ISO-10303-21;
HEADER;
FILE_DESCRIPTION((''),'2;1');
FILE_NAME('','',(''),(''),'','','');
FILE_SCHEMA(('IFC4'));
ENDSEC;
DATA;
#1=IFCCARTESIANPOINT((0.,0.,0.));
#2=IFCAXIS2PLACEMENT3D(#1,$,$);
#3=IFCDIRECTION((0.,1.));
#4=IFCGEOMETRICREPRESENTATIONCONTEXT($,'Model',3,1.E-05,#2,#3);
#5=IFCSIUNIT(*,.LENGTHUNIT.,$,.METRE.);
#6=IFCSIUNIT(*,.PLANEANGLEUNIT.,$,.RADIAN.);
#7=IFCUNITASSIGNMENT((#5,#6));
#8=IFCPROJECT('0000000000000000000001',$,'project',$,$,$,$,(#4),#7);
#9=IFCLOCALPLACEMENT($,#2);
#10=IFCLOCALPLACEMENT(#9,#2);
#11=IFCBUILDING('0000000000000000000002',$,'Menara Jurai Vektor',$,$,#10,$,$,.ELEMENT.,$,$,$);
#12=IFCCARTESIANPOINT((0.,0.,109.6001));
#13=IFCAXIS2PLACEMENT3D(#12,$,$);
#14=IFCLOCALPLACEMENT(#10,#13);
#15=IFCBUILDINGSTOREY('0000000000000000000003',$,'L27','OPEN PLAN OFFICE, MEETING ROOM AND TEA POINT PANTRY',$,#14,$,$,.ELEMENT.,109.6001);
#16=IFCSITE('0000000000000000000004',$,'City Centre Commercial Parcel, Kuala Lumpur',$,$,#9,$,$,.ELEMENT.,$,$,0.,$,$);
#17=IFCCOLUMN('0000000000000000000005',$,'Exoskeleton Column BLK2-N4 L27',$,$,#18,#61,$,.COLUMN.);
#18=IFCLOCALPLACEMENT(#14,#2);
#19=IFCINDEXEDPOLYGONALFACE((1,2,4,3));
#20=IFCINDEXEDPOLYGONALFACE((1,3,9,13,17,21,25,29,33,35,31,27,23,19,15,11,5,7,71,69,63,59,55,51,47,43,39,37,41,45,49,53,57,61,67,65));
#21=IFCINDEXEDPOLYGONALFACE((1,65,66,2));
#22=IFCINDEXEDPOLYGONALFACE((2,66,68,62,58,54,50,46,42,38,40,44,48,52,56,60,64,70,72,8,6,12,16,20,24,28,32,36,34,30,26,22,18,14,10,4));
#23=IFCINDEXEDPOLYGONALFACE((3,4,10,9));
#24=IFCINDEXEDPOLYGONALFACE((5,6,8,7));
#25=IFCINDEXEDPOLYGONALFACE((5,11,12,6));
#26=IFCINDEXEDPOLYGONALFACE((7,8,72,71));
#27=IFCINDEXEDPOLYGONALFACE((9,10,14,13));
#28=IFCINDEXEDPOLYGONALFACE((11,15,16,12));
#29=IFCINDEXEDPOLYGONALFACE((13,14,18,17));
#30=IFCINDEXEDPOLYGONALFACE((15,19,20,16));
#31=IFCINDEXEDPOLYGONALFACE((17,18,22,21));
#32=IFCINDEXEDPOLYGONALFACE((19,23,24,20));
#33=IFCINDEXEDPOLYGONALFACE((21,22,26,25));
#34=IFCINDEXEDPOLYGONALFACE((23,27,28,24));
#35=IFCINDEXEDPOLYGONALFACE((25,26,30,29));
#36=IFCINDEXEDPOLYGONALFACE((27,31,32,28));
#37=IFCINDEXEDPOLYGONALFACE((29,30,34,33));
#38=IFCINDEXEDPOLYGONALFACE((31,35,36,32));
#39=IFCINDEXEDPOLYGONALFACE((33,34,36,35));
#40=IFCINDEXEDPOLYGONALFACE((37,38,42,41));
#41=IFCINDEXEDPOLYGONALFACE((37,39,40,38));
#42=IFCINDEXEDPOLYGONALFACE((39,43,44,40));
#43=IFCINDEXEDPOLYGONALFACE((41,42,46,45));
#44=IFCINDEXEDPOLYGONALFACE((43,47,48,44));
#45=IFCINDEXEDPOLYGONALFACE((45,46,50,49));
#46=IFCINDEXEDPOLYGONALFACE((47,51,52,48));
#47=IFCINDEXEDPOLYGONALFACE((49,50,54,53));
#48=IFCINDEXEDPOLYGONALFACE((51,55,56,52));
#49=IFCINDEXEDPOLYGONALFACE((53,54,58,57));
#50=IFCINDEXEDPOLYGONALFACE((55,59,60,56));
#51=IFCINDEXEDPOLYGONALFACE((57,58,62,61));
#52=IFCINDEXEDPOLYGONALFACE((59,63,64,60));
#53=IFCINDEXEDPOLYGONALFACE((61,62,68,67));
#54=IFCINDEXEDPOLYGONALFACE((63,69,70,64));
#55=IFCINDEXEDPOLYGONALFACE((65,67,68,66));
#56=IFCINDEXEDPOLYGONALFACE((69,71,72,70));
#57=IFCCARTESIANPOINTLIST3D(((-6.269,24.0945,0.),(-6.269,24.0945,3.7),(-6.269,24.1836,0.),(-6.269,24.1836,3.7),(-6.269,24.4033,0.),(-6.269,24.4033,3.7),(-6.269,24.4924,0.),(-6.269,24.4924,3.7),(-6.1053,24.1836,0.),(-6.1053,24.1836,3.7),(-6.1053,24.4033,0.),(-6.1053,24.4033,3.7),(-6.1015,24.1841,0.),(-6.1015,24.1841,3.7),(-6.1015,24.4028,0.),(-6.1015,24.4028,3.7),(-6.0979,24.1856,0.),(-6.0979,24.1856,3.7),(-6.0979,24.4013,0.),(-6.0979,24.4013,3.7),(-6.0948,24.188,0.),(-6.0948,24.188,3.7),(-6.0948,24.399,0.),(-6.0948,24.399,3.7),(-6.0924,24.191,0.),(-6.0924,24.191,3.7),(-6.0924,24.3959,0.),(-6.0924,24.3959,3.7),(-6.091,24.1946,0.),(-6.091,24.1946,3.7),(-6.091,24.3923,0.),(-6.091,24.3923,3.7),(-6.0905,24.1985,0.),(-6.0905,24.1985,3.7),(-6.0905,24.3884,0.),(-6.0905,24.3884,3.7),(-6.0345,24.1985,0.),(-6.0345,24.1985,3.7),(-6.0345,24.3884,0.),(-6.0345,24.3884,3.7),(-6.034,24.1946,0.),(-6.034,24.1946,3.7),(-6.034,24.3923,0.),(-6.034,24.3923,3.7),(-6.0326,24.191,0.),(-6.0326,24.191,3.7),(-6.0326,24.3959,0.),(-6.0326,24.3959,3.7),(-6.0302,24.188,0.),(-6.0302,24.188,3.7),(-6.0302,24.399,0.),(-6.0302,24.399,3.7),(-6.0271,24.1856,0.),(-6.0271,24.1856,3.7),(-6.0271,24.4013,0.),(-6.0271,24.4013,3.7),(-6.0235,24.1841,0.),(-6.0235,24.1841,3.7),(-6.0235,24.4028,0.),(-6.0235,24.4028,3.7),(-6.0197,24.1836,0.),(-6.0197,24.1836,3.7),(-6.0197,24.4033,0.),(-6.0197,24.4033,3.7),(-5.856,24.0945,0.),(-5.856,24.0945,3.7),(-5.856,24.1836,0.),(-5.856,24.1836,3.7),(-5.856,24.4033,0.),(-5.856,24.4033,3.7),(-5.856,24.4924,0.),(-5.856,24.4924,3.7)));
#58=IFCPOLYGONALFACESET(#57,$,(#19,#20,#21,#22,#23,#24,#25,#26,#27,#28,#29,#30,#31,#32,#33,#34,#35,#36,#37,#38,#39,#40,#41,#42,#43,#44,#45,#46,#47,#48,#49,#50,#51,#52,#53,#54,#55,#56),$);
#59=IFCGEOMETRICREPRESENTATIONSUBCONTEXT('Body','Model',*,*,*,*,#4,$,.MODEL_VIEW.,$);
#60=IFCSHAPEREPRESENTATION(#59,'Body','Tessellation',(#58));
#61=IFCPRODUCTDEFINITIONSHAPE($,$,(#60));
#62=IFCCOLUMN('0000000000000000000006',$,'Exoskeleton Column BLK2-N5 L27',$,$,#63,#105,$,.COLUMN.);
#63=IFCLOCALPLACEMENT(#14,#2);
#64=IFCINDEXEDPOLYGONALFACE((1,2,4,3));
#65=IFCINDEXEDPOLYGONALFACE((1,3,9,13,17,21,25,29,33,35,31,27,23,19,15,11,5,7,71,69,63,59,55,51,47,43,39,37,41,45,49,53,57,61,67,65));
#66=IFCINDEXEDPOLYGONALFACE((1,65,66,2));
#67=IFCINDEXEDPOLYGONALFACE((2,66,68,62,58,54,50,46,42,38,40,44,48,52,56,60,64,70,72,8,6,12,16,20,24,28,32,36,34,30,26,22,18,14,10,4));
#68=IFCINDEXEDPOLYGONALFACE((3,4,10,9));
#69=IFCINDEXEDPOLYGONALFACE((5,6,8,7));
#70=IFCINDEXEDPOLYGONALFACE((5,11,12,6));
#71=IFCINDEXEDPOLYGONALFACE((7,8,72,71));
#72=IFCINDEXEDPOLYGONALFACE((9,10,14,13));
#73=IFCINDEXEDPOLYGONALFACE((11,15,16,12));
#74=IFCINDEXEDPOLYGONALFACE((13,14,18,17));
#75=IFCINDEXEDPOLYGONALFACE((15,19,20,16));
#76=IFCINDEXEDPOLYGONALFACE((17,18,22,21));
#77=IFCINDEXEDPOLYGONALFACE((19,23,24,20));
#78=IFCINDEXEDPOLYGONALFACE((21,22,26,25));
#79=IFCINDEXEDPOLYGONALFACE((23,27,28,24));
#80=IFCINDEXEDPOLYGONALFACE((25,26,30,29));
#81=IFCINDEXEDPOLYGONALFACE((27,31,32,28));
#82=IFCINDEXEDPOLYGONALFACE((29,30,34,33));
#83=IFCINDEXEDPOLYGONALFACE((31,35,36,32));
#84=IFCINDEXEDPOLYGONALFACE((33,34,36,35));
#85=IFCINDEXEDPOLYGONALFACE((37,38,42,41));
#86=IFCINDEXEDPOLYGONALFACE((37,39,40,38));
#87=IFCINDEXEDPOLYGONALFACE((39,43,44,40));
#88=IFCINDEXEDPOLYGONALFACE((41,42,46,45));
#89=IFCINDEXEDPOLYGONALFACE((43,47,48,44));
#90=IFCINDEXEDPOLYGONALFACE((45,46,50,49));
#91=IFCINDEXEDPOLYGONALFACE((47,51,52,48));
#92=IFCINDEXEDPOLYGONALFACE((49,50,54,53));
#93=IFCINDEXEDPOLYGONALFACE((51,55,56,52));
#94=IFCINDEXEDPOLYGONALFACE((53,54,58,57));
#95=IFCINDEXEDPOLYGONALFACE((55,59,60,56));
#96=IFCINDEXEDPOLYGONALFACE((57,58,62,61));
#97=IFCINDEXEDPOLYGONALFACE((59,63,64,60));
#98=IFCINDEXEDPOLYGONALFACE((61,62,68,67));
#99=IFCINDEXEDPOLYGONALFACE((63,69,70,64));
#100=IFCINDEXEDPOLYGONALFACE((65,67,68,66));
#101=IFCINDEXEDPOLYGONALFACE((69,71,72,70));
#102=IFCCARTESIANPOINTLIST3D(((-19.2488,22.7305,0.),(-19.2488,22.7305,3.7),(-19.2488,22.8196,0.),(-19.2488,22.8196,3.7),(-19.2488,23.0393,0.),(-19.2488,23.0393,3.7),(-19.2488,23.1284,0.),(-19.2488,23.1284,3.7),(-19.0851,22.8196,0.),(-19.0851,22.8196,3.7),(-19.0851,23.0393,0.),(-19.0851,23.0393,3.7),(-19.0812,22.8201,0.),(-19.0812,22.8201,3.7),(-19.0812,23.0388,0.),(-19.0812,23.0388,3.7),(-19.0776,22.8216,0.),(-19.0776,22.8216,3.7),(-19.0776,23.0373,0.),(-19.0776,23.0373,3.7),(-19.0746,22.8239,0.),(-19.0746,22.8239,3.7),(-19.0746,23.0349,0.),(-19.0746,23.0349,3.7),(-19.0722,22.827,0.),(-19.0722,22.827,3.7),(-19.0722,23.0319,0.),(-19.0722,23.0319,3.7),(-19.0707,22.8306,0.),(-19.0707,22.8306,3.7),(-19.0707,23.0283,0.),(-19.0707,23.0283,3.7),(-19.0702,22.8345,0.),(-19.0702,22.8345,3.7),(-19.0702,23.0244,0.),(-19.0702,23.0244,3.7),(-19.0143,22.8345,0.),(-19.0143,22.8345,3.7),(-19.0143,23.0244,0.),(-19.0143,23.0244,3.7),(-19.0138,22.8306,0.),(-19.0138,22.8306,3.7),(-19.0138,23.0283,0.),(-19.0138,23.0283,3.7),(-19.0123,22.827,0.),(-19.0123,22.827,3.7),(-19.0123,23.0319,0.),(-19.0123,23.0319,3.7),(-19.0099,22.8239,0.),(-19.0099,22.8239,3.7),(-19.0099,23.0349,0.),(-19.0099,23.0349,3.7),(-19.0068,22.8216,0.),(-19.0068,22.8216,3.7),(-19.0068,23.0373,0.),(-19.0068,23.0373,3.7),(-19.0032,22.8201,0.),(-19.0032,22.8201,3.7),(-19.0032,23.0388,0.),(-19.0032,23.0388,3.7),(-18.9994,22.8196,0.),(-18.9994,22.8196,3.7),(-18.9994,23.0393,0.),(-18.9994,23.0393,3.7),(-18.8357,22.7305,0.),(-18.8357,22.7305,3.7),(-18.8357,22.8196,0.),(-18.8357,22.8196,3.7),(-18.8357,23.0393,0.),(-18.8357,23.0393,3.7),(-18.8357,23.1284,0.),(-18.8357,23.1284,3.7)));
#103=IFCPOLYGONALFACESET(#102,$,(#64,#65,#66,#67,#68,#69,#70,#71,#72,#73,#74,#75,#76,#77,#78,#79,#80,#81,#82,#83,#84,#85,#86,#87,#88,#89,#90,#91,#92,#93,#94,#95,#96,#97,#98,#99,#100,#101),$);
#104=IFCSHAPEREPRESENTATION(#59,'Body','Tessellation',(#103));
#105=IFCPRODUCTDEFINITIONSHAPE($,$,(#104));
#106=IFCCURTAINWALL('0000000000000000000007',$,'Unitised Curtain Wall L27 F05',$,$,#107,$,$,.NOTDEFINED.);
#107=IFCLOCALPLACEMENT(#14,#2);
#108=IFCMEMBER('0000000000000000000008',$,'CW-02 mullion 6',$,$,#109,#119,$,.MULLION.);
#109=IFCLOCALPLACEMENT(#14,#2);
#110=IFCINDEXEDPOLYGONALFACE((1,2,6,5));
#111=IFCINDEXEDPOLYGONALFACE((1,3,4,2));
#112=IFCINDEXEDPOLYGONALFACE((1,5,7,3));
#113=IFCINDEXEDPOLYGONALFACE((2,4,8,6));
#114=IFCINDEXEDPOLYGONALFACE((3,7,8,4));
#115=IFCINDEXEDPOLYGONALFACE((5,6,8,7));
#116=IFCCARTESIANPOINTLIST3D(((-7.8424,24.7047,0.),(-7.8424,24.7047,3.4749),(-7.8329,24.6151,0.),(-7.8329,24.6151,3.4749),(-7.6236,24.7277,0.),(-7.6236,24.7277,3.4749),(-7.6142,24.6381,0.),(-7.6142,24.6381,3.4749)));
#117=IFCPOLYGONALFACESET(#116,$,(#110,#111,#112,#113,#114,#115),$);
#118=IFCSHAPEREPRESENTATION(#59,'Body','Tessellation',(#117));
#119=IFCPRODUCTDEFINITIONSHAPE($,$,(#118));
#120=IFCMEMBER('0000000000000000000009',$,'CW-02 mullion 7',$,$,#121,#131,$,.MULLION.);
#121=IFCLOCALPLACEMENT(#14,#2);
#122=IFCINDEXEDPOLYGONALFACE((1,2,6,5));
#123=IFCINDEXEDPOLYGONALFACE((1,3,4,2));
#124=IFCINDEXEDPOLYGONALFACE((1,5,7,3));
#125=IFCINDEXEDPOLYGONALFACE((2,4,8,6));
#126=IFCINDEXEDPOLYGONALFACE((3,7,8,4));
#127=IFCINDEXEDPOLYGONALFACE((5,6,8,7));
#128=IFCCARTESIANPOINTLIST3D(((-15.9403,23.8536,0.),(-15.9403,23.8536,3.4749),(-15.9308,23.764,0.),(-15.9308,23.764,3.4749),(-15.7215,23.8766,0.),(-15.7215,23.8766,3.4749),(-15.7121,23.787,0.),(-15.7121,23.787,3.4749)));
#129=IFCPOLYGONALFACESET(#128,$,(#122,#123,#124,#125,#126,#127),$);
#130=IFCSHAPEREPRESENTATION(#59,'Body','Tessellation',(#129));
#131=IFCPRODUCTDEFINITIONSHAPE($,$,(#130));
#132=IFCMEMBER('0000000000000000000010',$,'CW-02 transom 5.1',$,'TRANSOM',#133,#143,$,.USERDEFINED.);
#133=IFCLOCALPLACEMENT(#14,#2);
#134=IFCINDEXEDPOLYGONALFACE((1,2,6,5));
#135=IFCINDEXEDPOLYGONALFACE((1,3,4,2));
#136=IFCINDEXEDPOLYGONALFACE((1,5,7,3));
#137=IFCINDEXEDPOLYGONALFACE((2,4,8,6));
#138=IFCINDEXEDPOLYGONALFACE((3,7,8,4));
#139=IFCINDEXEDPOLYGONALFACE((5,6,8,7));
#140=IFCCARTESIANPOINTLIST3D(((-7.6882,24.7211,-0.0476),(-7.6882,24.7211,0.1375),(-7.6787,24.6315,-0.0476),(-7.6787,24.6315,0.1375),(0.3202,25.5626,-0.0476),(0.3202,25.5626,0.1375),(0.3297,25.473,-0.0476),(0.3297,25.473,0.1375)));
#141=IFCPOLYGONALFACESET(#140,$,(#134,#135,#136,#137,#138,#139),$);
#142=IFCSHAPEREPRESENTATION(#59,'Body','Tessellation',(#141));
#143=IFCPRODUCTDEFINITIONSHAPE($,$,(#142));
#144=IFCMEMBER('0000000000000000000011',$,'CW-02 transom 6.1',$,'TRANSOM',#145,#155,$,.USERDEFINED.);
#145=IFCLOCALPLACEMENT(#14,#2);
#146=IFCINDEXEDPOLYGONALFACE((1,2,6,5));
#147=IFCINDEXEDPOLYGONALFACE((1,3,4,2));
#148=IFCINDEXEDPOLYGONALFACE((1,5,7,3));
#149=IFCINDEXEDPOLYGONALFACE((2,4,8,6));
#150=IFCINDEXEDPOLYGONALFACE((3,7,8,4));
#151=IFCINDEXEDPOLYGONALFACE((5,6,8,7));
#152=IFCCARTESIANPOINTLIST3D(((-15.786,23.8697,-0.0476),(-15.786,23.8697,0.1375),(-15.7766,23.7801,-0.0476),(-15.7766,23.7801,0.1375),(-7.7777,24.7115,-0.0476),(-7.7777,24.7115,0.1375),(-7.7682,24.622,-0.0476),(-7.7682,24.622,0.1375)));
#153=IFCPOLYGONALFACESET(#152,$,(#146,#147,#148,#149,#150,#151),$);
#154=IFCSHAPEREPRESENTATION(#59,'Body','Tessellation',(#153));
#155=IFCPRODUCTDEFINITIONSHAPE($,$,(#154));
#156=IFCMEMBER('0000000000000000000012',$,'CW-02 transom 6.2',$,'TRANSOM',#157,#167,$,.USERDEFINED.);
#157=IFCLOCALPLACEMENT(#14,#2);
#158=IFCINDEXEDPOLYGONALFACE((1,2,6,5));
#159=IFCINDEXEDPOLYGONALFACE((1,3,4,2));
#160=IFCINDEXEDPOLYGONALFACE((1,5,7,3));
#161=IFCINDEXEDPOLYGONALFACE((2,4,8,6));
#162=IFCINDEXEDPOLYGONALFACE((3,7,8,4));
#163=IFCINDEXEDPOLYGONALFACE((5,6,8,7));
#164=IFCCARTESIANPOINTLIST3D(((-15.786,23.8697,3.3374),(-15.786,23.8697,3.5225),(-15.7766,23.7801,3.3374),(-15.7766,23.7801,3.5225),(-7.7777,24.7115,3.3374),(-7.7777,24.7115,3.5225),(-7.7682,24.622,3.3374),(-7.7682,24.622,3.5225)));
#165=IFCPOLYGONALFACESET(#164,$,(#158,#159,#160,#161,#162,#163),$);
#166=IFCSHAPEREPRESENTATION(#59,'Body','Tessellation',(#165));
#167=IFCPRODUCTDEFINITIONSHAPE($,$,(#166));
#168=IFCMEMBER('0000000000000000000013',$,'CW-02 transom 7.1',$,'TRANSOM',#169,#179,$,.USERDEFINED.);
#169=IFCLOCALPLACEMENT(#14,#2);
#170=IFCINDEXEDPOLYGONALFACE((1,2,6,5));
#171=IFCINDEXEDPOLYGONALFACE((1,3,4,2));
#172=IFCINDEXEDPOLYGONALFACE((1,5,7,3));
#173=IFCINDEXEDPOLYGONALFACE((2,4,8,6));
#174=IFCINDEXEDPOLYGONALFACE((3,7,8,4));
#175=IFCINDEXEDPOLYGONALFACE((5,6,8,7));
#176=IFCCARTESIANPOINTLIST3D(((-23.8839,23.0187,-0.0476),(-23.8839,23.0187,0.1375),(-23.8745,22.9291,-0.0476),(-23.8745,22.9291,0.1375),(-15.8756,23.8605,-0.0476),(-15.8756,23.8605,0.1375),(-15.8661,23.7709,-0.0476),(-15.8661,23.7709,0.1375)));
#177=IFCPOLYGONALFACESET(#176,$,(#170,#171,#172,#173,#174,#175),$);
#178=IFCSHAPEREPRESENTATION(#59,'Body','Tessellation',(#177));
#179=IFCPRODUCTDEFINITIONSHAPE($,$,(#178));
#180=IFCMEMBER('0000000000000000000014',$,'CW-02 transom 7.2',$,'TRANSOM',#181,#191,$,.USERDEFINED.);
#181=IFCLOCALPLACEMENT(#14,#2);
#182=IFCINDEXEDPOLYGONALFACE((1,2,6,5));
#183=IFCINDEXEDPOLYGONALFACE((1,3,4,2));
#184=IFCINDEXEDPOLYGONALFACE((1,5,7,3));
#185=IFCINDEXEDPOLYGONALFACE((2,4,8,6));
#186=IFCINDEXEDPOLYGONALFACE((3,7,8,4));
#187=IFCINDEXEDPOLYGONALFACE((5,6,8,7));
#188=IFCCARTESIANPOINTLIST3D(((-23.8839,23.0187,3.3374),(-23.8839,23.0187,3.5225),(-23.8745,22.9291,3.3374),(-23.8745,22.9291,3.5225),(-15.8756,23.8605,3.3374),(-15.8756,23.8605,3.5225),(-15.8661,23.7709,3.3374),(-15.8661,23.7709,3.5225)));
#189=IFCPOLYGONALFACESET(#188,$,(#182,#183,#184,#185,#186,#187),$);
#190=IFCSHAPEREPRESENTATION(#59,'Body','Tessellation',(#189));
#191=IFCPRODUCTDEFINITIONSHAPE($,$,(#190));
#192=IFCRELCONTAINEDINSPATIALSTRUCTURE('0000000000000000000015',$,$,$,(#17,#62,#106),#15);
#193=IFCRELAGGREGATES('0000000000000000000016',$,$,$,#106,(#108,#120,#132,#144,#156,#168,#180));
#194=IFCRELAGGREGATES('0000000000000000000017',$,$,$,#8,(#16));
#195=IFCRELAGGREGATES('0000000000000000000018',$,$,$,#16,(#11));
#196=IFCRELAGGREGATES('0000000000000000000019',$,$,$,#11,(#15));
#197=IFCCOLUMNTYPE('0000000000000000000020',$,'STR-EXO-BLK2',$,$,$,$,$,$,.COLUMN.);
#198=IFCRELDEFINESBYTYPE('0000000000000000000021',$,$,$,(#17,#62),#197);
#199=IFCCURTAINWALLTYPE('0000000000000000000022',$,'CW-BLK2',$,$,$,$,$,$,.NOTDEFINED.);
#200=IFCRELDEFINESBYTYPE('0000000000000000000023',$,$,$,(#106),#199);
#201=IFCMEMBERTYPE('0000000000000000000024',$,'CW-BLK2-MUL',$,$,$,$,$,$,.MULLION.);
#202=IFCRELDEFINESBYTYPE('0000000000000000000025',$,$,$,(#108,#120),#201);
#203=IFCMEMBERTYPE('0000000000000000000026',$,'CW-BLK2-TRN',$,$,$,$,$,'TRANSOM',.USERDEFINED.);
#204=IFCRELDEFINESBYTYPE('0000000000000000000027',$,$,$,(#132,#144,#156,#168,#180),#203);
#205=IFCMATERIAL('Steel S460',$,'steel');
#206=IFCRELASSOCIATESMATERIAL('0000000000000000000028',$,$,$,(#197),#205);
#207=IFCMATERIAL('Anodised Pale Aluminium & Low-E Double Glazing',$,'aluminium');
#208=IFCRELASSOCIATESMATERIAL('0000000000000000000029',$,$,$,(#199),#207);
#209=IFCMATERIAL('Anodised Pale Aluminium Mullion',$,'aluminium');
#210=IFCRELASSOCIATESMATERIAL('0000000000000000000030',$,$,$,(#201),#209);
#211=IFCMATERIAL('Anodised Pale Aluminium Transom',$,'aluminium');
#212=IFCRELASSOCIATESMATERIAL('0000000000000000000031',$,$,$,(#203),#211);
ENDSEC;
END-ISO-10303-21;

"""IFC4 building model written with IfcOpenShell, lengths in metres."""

from ifc_helpers import new_model, si_unit, direction, frame, origin, origin_2d, place, context, subcontext, project, spatial, rectangle, i_section, extrude, material, material_profile, profile_set, type_object, element, aggregate, save


model = new_model("IFC4")

# Units and contexts
model_context = context("Model", 3, precision=1e-05, world=origin(), true_north=direction((0.0, 1.0)))
body_context = subcontext(model_context, "Body", "Model", "MODEL_VIEW")
ifc_project = project(units=[si_unit("LENGTHUNIT", "METRE"), si_unit("PLANEANGLEUNIT", "RADIAN")], contexts=[model_context])

# Site, building, storey
site_placement = place(None, origin())
site = spatial("IfcSite", under=ifc_project, at=site_placement, Name="City Centre Commercial Parcel, Kuala Lumpur", CompositionType="ELEMENT", RefElevation=0.0)
building_placement = place(site_placement, origin())
building = spatial("IfcBuilding", under=site, at=building_placement, Name="Menara Jurai Vektor", CompositionType="ELEMENT")
storey_placement = place(building_placement, frame((0.0, 0.0, 109.6001)))
storey = spatial("IfcBuildingStorey", under=building, at=storey_placement, Name="L27", Description="OPEN PLAN OFFICE, MEETING ROOM AND TEA POINT PANTRY", CompositionType="ELEMENT", Elevation=109.6001)

# Columns
ifc_material_1 = material(Name="Steel S460", Category="steel")
ifc_material_profile_1 = material_profile(ifc_material_1, i_section(OverallWidth=0.4131, OverallDepth=0.3979, WebThickness=0.0559, FlangeThickness=0.0891, FilletRadius=0.0149, at=origin_2d()), Name="HD 400x744")
ifc_profile_set_1 = profile_set([ifc_material_profile_1], Name="Steel S460")
column_type = type_object("IfcColumnType", Name="STR-EXO-BLK2", PredefinedType="COLUMN", material=ifc_profile_set_1)
for number, where, z_axis, x_axis, name in (
    (1, (-6.0625, 24.2935, 0.0), (0.0, 0.0, 1.0), (1.0, 0.0, 0.0), "Exoskeleton Column BLK2-N4 L27"),
    (2, (-19.0422, 22.9294, 0.0), (0.0, 0.0, 1.0), (1.0, 0.0, 0.0), "Exoskeleton Column BLK2-N5 L27"),
):
    element("IfcColumn", number, at=place(storey_placement, frame(where, z_axis=z_axis, x_axis=x_axis)), inside=storey, type_object=column_type, Name=name, PredefinedType="COLUMN", context=body_context, shape_type="SweptSolid", body=[
        extrude(i_section(OverallWidth=0.4131, OverallDepth=0.3979, WebThickness=0.0559, FlangeThickness=0.0891, FilletRadius=0.0149, at=origin_2d()), origin(), (0.0, 0.0, 1.0), 3.7),
    ])

# Curtain wall, members
ifc_material_2 = material(Name="Anodised Pale Aluminium & Low-E Double Glazing", Category="aluminium")
curtain_wall_type = type_object("IfcCurtainWallType", Name="CW-BLK2", PredefinedType="NOTDEFINED", material=ifc_material_2)
curtain_wall_placement = place(storey_placement, origin())
curtain_wall = element("IfcCurtainWall", 3, at=curtain_wall_placement, inside=storey, type_object=curtain_wall_type, Name="Unitised Curtain Wall L27 F05", PredefinedType="NOTDEFINED")
ifc_material_3 = material(Name="Anodised Pale Aluminium Mullion", Category="aluminium")
ifc_material_profile_2 = material_profile(ifc_material_3, rectangle(XDim=0.0901, YDim=0.22, at=origin_2d()), Name="ALU MUL 90x220")
ifc_profile_set_2 = profile_set([ifc_material_profile_2], Name="Anodised Pale Aluminium Mullion")
member_type_1 = type_object("IfcMemberType", Name="CW-BLK2-MUL", PredefinedType="MULLION", material=ifc_profile_set_2)
member_1_placement = place(storey_placement, frame((-7.7283, 24.6714, 0.0), z_axis=(0.0, 0.0, 1.0), x_axis=(0.104529, -0.994522, 0.0)))
member_1 = element("IfcMember", 4, at=member_1_placement, type_object=member_type_1, Name="CW-02 mullion 6", PredefinedType="MULLION", context=body_context, shape_type="SweptSolid", body=[
    extrude(rectangle(XDim=0.0901, YDim=0.22, at=origin_2d()), origin(), (0.0, 0.0, 1.0), 3.4749),
])
member_2_placement = place(storey_placement, frame((-15.8262, 23.8203, 0.0), z_axis=(0.0, 0.0, 1.0), x_axis=(0.104529, -0.994522, 0.0)))
member_2 = element("IfcMember", 5, at=member_2_placement, type_object=member_type_1, Name="CW-02 mullion 7", PredefinedType="MULLION", context=body_context, shape_type="SweptSolid", body=[
    extrude(rectangle(XDim=0.0901, YDim=0.22, at=origin_2d()), origin(), (0.0, 0.0, 1.0), 3.4749),
])
ifc_material_4 = material(Name="Anodised Pale Aluminium Transom", Category="aluminium")
ifc_material_profile_3 = material_profile(ifc_material_4, rectangle(XDim=0.0901, YDim=0.1851, at=origin_2d()), Name="ALU TRN 90x185")
ifc_profile_set_3 = profile_set([ifc_material_profile_3], Name="Anodised Pale Aluminium Transom")
member_type_2 = type_object("IfcMemberType", Name="CW-BLK2-TRN", ElementType="TRANSOM", PredefinedType="USERDEFINED", material=ifc_profile_set_3)
member_3_placement = place(storey_placement, frame((0.325, 25.5178, 0.0449), z_axis=(-0.994524, -0.10451, 0.0), x_axis=(0.10451, -0.994524, 0.0)))
member_3 = element("IfcMember", 6, at=member_3_placement, type_object=member_type_2, Name="CW-02 transom 5.1", ObjectType="TRANSOM", PredefinedType="USERDEFINED", context=body_context, shape_type="SweptSolid", body=[
    extrude(rectangle(XDim=0.0901, YDim=0.1851, at=origin_2d()), origin(), (0.0, 0.0, 1.0), 8.0525),
])
member_4_placement = place(storey_placement, frame((-7.7729, 24.6667, 0.0449), z_axis=(-0.994521, -0.10454, 0.0), x_axis=(0.10454, -0.994521, 0.0)))
member_4 = element("IfcMember", 7, at=member_4_placement, type_object=member_type_2, Name="CW-02 transom 6.1", ObjectType="TRANSOM", PredefinedType="USERDEFINED", context=body_context, shape_type="SweptSolid", body=[
    extrude(rectangle(XDim=0.0901, YDim=0.1851, at=origin_2d()), origin(), (0.0, 0.0, 1.0), 8.0525),
])
member_5_placement = place(storey_placement, frame((-7.7729, 24.6667, 3.4299), z_axis=(-0.994521, -0.10454, 0.0), x_axis=(0.10454, -0.994521, 0.0)))
member_5 = element("IfcMember", 8, at=member_5_placement, type_object=member_type_2, Name="CW-02 transom 6.2", ObjectType="TRANSOM", PredefinedType="USERDEFINED", context=body_context, shape_type="SweptSolid", body=[
    extrude(rectangle(XDim=0.0901, YDim=0.1851, at=origin_2d()), origin(), (0.0, 0.0, 1.0), 8.0525),
])
member_6_placement = place(storey_placement, frame((-15.8708, 23.8157, 0.0449), z_axis=(-0.994521, -0.10454, 0.0), x_axis=(0.10454, -0.994521, 0.0)))
member_6 = element("IfcMember", 9, at=member_6_placement, type_object=member_type_2, Name="CW-02 transom 7.1", ObjectType="TRANSOM", PredefinedType="USERDEFINED", context=body_context, shape_type="SweptSolid", body=[
    extrude(rectangle(XDim=0.0901, YDim=0.1851, at=origin_2d()), origin(), (0.0, 0.0, 1.0), 8.0525),
])
member_7_placement = place(storey_placement, frame((-15.8708, 23.8157, 3.4299), z_axis=(-0.994521, -0.10454, 0.0), x_axis=(0.10454, -0.994521, 0.0)))
member_7 = element("IfcMember", 10, at=member_7_placement, type_object=member_type_2, Name="CW-02 transom 7.2", ObjectType="TRANSOM", PredefinedType="USERDEFINED", context=body_context, shape_type="SweptSolid", body=[
    extrude(rectangle(XDim=0.0901, YDim=0.1851, at=origin_2d()), origin(), (0.0, 0.0, 1.0), 8.0525),
])

aggregate(curtain_wall, [member_1, member_2, member_3, member_4, member_5, member_6, member_7])

save(model, "model.ifc")
